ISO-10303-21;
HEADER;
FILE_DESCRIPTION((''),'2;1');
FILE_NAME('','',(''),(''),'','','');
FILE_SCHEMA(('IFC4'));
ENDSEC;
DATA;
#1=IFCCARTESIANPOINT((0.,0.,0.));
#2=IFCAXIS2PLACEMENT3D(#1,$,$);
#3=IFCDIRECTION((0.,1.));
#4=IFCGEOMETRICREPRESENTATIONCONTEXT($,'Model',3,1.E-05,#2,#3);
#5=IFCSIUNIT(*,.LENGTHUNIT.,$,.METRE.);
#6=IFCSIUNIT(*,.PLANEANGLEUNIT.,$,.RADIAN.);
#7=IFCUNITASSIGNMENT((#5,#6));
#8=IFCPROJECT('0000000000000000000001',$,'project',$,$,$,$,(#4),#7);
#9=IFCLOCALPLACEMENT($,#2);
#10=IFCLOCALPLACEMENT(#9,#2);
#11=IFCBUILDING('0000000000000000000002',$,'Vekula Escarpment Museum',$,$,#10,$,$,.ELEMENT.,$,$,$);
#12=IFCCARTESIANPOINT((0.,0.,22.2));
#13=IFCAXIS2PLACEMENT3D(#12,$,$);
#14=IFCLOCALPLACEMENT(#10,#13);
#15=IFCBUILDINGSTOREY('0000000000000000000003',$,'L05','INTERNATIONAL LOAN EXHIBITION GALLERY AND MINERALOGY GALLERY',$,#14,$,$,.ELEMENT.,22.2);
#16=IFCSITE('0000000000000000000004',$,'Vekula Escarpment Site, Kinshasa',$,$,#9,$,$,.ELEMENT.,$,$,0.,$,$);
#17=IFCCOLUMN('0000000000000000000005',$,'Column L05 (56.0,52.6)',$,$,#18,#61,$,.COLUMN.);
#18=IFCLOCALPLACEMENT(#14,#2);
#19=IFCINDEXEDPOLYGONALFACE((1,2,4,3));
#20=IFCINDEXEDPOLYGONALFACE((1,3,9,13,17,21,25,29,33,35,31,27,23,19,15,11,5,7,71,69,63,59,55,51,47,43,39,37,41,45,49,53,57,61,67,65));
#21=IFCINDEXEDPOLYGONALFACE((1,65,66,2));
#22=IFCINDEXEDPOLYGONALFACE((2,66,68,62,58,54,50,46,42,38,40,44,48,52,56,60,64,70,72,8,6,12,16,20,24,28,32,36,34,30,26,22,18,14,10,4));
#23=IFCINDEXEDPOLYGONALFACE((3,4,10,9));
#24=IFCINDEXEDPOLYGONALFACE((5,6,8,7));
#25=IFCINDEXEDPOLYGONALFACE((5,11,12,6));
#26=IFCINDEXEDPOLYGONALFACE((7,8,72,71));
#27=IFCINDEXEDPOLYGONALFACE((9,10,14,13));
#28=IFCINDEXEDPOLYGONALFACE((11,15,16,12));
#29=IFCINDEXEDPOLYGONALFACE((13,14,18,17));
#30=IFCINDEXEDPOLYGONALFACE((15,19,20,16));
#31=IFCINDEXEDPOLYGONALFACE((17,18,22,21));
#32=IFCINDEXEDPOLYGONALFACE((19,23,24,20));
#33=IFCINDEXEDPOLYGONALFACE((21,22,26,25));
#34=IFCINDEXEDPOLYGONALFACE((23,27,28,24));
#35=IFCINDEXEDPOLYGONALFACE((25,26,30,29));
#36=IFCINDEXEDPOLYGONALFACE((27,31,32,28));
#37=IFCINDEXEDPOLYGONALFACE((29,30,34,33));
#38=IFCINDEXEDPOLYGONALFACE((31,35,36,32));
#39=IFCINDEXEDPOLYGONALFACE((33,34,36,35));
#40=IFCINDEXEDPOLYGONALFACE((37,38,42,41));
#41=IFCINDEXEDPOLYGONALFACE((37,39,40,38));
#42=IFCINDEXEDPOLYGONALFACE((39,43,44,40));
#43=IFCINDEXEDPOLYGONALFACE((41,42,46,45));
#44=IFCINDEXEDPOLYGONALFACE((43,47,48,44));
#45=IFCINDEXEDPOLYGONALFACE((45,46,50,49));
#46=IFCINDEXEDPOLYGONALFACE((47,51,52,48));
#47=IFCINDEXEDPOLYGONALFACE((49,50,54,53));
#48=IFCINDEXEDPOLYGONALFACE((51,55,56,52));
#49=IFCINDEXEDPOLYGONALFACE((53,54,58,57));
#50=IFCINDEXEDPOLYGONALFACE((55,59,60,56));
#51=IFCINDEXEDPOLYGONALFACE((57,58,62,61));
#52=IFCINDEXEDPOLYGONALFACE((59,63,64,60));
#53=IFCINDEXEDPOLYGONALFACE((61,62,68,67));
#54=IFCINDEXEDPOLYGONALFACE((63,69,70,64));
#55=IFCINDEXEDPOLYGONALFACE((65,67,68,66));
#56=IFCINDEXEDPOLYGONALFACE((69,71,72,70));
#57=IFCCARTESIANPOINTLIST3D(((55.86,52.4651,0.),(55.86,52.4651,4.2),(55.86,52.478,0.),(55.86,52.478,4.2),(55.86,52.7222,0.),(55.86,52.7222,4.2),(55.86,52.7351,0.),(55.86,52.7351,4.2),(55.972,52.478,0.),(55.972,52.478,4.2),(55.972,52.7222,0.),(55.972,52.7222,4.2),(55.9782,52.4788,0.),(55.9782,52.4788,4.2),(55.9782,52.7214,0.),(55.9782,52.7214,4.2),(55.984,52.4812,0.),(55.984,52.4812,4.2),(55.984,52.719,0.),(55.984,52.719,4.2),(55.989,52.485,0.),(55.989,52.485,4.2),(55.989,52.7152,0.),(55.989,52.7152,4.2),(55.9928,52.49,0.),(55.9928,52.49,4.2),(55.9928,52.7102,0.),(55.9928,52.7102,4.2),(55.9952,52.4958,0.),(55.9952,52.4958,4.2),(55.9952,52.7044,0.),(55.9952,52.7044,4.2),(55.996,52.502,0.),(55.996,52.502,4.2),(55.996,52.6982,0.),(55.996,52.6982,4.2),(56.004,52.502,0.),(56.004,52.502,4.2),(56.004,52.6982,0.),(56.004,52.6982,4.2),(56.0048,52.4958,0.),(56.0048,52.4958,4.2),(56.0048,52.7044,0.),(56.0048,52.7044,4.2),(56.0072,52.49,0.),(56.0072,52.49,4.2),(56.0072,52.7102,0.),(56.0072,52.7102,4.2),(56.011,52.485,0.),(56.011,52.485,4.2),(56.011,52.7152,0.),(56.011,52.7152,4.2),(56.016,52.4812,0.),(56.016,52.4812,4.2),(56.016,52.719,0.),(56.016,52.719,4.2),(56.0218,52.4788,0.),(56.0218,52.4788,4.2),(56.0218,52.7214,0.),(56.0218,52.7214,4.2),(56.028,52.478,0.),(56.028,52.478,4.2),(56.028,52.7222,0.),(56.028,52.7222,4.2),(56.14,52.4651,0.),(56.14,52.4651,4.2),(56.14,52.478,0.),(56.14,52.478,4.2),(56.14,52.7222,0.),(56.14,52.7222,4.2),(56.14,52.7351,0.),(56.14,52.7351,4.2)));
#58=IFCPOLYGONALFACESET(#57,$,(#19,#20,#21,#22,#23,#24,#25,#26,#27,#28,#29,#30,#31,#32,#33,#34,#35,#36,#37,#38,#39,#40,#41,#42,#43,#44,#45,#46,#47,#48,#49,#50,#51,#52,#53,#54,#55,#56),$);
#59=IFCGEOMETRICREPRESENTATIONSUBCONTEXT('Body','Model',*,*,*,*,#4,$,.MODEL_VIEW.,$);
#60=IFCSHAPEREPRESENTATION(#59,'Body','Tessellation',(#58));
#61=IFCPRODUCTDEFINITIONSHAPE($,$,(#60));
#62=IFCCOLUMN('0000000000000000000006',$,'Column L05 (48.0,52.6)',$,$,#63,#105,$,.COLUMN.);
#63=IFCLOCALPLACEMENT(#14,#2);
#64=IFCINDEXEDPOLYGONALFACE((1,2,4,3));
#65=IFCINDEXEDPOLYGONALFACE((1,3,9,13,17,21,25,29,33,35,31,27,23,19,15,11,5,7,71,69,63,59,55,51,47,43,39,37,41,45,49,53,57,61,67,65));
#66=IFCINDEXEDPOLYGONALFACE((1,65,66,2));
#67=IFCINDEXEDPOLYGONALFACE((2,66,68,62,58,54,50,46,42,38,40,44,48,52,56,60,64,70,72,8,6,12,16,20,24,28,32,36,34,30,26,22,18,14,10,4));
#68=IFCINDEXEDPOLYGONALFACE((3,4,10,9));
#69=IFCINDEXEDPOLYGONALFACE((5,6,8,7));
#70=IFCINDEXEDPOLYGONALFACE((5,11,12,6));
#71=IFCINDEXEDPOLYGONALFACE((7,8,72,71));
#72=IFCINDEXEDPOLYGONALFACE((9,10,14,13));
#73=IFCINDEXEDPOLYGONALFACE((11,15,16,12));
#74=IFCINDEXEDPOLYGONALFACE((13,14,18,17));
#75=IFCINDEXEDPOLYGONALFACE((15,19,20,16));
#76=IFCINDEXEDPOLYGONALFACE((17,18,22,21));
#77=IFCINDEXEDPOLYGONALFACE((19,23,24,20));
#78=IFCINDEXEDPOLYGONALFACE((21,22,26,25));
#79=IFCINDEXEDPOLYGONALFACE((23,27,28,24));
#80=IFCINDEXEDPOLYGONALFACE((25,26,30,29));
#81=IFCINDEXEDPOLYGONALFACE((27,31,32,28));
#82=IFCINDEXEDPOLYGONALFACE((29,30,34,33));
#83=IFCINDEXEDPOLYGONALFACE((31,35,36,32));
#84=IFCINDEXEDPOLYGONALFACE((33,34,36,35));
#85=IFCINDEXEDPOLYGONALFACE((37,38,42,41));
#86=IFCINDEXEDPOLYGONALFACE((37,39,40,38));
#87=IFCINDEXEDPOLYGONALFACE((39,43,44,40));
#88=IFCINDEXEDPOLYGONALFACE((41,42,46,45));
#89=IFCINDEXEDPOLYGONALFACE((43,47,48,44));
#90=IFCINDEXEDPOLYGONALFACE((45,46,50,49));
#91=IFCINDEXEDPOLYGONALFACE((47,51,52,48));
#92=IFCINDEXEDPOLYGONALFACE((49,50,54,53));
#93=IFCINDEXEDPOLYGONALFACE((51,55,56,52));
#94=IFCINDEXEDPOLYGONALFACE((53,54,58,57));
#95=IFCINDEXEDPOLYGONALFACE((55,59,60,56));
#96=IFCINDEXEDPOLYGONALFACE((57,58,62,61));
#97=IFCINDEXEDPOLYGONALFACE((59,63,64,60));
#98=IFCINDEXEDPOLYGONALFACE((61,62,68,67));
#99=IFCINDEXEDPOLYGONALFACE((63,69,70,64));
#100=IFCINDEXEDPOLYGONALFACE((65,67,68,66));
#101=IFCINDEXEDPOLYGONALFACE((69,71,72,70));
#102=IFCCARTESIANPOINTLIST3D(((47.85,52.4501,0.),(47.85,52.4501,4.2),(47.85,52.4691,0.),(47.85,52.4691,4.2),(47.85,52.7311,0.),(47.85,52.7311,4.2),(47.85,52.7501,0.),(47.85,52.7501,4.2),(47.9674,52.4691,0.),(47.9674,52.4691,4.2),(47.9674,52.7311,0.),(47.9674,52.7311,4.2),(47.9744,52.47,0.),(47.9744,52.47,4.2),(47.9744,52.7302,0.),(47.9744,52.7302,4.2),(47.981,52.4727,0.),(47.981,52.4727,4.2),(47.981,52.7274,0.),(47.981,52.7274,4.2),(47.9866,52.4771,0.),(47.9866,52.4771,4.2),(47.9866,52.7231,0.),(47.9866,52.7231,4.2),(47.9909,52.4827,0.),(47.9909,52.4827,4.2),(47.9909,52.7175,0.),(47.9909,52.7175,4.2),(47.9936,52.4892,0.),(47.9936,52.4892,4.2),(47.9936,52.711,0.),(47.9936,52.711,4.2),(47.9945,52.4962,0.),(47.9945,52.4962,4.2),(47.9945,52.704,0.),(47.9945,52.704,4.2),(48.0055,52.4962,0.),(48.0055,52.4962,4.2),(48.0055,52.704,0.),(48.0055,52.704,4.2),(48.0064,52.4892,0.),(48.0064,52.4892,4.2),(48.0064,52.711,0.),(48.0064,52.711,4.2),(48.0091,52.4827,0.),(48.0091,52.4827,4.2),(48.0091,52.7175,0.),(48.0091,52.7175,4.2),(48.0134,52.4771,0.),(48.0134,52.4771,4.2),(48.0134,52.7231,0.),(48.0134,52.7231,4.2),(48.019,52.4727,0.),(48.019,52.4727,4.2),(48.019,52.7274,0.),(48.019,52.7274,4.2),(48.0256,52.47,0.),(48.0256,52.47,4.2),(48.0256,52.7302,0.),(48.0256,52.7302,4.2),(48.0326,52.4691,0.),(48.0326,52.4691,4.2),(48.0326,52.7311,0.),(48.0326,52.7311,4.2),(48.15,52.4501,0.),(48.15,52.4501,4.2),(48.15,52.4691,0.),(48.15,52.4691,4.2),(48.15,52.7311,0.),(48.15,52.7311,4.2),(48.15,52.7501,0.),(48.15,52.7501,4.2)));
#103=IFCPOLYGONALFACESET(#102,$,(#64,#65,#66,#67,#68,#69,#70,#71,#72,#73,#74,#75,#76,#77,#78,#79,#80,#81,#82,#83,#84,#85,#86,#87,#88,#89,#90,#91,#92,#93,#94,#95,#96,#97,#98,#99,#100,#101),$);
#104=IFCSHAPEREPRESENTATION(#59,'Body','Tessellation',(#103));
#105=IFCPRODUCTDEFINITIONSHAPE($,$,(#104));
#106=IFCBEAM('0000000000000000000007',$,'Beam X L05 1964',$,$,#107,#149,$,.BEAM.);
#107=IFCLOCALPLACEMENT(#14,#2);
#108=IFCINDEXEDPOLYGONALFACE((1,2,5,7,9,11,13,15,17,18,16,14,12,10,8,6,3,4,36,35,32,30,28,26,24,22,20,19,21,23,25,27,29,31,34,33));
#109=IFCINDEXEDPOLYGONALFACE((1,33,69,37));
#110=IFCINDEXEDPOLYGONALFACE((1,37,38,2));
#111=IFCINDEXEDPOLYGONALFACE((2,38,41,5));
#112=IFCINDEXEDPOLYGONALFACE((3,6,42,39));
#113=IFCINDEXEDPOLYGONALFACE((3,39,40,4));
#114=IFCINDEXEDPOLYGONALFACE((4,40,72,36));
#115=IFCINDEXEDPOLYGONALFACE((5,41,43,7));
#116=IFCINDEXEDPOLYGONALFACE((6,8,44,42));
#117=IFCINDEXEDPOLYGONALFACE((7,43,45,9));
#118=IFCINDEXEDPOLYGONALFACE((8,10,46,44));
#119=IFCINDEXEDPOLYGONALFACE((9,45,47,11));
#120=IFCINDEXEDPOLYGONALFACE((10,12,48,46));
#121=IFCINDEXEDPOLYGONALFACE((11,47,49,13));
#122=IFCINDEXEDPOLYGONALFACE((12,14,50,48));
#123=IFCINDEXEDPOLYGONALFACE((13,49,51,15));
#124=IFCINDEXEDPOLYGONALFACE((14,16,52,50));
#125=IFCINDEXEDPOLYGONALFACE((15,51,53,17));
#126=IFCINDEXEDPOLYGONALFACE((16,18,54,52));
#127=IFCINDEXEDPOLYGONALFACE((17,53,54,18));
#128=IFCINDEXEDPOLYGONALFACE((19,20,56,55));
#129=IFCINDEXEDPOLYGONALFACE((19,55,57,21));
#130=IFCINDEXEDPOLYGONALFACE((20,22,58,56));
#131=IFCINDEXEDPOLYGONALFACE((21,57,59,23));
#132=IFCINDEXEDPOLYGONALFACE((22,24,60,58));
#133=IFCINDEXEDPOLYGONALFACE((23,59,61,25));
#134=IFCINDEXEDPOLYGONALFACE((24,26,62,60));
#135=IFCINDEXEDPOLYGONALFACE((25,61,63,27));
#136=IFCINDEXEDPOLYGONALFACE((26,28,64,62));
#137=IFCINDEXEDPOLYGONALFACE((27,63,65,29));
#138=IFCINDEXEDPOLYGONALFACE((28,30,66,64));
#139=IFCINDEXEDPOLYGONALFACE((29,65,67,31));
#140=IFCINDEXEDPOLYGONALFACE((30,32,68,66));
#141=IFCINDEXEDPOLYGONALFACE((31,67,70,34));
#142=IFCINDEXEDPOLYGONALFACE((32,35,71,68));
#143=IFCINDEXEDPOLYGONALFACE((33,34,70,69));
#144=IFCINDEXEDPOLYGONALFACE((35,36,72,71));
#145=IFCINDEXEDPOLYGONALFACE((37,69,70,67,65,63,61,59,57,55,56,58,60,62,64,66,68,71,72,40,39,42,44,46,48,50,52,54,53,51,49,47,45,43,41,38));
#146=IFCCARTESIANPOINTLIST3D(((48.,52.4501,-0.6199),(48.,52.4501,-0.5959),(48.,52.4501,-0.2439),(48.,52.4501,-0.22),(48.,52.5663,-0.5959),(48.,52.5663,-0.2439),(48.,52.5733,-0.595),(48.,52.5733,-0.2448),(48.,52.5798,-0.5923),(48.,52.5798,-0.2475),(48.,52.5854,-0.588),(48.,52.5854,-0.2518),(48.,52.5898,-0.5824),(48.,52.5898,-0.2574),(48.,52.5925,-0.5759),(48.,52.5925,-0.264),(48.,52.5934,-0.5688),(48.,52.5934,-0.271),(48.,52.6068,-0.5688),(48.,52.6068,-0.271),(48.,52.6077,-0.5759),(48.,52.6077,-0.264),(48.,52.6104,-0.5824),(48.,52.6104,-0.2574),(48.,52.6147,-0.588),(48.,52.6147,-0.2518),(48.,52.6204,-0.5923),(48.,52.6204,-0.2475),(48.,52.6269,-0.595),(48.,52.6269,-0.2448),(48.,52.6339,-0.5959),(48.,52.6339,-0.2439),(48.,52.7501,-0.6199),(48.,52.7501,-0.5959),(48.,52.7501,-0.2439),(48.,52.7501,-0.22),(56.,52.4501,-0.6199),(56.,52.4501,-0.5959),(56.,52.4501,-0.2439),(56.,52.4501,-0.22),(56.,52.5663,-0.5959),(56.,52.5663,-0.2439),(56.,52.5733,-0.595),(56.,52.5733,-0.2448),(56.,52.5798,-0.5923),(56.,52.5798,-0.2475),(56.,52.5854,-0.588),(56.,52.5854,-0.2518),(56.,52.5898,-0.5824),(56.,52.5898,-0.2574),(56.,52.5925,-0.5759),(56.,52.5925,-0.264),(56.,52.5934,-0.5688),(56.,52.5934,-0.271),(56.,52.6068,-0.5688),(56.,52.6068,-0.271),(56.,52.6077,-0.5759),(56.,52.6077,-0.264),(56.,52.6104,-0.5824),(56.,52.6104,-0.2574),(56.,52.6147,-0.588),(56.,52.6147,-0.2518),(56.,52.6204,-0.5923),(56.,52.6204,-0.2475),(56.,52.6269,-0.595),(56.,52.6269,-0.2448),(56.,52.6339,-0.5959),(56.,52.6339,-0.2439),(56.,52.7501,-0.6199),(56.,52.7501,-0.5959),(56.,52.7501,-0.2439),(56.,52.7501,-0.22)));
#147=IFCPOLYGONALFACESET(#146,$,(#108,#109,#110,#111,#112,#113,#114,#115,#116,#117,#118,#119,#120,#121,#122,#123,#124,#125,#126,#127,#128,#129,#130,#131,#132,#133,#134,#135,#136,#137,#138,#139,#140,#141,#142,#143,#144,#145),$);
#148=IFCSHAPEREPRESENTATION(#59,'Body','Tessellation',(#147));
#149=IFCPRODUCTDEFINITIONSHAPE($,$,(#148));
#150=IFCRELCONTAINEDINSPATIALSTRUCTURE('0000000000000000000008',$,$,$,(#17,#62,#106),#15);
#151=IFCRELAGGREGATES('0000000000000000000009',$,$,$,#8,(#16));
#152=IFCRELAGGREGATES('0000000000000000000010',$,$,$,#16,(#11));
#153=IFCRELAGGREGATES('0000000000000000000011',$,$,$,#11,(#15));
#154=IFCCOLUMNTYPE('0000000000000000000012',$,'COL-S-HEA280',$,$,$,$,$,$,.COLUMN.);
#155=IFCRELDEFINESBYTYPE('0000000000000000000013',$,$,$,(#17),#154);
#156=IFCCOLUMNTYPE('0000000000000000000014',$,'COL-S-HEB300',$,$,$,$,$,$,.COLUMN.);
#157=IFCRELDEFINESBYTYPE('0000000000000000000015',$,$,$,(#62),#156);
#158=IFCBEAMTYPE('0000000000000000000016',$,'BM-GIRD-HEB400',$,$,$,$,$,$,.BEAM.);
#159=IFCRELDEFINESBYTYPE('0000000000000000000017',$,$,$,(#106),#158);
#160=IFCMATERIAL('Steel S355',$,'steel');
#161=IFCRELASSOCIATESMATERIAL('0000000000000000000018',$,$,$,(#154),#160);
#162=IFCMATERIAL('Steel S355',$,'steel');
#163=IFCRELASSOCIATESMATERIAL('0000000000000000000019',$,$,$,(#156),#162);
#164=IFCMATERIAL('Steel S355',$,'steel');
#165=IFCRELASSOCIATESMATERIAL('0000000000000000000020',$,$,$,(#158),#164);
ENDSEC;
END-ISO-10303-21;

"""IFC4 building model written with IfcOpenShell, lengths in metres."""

from ifc_helpers import new_model, si_unit, direction, frame, origin, origin_2d, place, context, subcontext, project, spatial, i_section, extrude, material, material_profile, profile_set, type_object, element, save


model = new_model("IFC4")

# Units and contexts
model_context = context("Model", 3, precision=1e-05, world=origin(), true_north=direction((0.0, 1.0)))
body_context = subcontext(model_context, "Body", "Model", "MODEL_VIEW")
ifc_project = project(units=[si_unit("LENGTHUNIT", "METRE"), si_unit("PLANEANGLEUNIT", "RADIAN")], contexts=[model_context])

# Site, building, storey
site_placement = place(None, origin())
site = spatial("IfcSite", under=ifc_project, at=site_placement, Name="Vekula Escarpment Site, Kinshasa", CompositionType="ELEMENT", RefElevation=0.0)
building_placement = place(site_placement, origin())
building = spatial("IfcBuilding", under=site, at=building_placement, Name="Vekula Escarpment Museum", CompositionType="ELEMENT")
storey_placement = place(building_placement, frame((0.0, 0.0, 22.2)))
storey = spatial("IfcBuildingStorey", under=building, at=storey_placement, Name="L05", Description="INTERNATIONAL LOAN EXHIBITION GALLERY AND MINERALOGY GALLERY", CompositionType="ELEMENT", Elevation=22.2)

# Columns
ifc_material_1 = material(Name="Steel S355", Category="steel")
ifc_material_profile_1 = material_profile(ifc_material_1, i_section(OverallWidth=0.28, OverallDepth=0.27, WebThickness=0.0081, FlangeThickness=0.0129, FilletRadius=0.0239, at=origin_2d()), Name="HEA 280")
ifc_profile_set_1 = profile_set([ifc_material_profile_1], Name="Steel S355")
column_type_1 = type_object("IfcColumnType", Name="COL-S-HEA280", PredefinedType="COLUMN", material=ifc_profile_set_1)
column_1_placement = place(storey_placement, frame((56.0, 52.6001, 0.0), z_axis=(0.0, 0.0, 1.0), x_axis=(1.0, 0.0, 0.0)))
element("IfcColumn", 1, at=column_1_placement, inside=storey, type_object=column_type_1, Name="Column L05 (56.0,52.6)", PredefinedType="COLUMN", context=body_context, shape_type="SweptSolid", body=[
    extrude(i_section(OverallWidth=0.28, OverallDepth=0.27, WebThickness=0.0081, FlangeThickness=0.0129, FilletRadius=0.0239, at=origin_2d()), origin(), (0.0, 0.0, 1.0), 4.2),
])
ifc_material_2 = material(Name="Steel S355", Category="steel")
ifc_material_profile_2 = material_profile(ifc_material_2, i_section(OverallWidth=0.3, OverallDepth=0.3, WebThickness=0.011, FlangeThickness=0.019, FilletRadius=0.0271, at=origin_2d()), Name="HEB 300")
ifc_profile_set_2 = profile_set([ifc_material_profile_2], Name="Steel S355")
column_type_2 = type_object("IfcColumnType", Name="COL-S-HEB300", PredefinedType="COLUMN", material=ifc_profile_set_2)
column_2_placement = place(storey_placement, frame((48.0, 52.6001, 0.0), z_axis=(0.0, 0.0, 1.0), x_axis=(1.0, 0.0, 0.0)))
element("IfcColumn", 2, at=column_2_placement, inside=storey, type_object=column_type_2, Name="Column L05 (48.0,52.6)", PredefinedType="COLUMN", context=body_context, shape_type="SweptSolid", body=[
    extrude(i_section(OverallWidth=0.3, OverallDepth=0.3, WebThickness=0.011, FlangeThickness=0.019, FilletRadius=0.0271, at=origin_2d()), origin(), (0.0, 0.0, 1.0), 4.2),
])

# Beam
ifc_material_3 = material(Name="Steel S355", Category="steel")
ifc_material_profile_3 = material_profile(ifc_material_3, i_section(OverallWidth=0.3, OverallDepth=0.3999, WebThickness=0.0134, FlangeThickness=0.0239, FilletRadius=0.0271, at=origin_2d()), Name="HEB 400")
ifc_profile_set_3 = profile_set([ifc_material_profile_3], Name="Steel S355")
beam_type_1 = type_object("IfcBeamType", Name="BM-GIRD-HEB400", PredefinedType="BEAM", material=ifc_profile_set_3)
beam_1_placement = place(storey_placement, frame((48.0, 52.6001, -0.4199), z_axis=(1.0, 0.0, 0.0), x_axis=(0.0, 1.0, 0.0)))
element("IfcBeam", 3, at=beam_1_placement, inside=storey, type_object=beam_type_1, Name="Beam X L05 1964", PredefinedType="BEAM", context=body_context, shape_type="SweptSolid", body=[
    extrude(i_section(OverallWidth=0.3, OverallDepth=0.3999, WebThickness=0.0134, FlangeThickness=0.0239, FilletRadius=0.0271, at=origin_2d()), origin(), (0.0, 0.0, 1.0), 8.0),
])

save(model, "model.ifc")
